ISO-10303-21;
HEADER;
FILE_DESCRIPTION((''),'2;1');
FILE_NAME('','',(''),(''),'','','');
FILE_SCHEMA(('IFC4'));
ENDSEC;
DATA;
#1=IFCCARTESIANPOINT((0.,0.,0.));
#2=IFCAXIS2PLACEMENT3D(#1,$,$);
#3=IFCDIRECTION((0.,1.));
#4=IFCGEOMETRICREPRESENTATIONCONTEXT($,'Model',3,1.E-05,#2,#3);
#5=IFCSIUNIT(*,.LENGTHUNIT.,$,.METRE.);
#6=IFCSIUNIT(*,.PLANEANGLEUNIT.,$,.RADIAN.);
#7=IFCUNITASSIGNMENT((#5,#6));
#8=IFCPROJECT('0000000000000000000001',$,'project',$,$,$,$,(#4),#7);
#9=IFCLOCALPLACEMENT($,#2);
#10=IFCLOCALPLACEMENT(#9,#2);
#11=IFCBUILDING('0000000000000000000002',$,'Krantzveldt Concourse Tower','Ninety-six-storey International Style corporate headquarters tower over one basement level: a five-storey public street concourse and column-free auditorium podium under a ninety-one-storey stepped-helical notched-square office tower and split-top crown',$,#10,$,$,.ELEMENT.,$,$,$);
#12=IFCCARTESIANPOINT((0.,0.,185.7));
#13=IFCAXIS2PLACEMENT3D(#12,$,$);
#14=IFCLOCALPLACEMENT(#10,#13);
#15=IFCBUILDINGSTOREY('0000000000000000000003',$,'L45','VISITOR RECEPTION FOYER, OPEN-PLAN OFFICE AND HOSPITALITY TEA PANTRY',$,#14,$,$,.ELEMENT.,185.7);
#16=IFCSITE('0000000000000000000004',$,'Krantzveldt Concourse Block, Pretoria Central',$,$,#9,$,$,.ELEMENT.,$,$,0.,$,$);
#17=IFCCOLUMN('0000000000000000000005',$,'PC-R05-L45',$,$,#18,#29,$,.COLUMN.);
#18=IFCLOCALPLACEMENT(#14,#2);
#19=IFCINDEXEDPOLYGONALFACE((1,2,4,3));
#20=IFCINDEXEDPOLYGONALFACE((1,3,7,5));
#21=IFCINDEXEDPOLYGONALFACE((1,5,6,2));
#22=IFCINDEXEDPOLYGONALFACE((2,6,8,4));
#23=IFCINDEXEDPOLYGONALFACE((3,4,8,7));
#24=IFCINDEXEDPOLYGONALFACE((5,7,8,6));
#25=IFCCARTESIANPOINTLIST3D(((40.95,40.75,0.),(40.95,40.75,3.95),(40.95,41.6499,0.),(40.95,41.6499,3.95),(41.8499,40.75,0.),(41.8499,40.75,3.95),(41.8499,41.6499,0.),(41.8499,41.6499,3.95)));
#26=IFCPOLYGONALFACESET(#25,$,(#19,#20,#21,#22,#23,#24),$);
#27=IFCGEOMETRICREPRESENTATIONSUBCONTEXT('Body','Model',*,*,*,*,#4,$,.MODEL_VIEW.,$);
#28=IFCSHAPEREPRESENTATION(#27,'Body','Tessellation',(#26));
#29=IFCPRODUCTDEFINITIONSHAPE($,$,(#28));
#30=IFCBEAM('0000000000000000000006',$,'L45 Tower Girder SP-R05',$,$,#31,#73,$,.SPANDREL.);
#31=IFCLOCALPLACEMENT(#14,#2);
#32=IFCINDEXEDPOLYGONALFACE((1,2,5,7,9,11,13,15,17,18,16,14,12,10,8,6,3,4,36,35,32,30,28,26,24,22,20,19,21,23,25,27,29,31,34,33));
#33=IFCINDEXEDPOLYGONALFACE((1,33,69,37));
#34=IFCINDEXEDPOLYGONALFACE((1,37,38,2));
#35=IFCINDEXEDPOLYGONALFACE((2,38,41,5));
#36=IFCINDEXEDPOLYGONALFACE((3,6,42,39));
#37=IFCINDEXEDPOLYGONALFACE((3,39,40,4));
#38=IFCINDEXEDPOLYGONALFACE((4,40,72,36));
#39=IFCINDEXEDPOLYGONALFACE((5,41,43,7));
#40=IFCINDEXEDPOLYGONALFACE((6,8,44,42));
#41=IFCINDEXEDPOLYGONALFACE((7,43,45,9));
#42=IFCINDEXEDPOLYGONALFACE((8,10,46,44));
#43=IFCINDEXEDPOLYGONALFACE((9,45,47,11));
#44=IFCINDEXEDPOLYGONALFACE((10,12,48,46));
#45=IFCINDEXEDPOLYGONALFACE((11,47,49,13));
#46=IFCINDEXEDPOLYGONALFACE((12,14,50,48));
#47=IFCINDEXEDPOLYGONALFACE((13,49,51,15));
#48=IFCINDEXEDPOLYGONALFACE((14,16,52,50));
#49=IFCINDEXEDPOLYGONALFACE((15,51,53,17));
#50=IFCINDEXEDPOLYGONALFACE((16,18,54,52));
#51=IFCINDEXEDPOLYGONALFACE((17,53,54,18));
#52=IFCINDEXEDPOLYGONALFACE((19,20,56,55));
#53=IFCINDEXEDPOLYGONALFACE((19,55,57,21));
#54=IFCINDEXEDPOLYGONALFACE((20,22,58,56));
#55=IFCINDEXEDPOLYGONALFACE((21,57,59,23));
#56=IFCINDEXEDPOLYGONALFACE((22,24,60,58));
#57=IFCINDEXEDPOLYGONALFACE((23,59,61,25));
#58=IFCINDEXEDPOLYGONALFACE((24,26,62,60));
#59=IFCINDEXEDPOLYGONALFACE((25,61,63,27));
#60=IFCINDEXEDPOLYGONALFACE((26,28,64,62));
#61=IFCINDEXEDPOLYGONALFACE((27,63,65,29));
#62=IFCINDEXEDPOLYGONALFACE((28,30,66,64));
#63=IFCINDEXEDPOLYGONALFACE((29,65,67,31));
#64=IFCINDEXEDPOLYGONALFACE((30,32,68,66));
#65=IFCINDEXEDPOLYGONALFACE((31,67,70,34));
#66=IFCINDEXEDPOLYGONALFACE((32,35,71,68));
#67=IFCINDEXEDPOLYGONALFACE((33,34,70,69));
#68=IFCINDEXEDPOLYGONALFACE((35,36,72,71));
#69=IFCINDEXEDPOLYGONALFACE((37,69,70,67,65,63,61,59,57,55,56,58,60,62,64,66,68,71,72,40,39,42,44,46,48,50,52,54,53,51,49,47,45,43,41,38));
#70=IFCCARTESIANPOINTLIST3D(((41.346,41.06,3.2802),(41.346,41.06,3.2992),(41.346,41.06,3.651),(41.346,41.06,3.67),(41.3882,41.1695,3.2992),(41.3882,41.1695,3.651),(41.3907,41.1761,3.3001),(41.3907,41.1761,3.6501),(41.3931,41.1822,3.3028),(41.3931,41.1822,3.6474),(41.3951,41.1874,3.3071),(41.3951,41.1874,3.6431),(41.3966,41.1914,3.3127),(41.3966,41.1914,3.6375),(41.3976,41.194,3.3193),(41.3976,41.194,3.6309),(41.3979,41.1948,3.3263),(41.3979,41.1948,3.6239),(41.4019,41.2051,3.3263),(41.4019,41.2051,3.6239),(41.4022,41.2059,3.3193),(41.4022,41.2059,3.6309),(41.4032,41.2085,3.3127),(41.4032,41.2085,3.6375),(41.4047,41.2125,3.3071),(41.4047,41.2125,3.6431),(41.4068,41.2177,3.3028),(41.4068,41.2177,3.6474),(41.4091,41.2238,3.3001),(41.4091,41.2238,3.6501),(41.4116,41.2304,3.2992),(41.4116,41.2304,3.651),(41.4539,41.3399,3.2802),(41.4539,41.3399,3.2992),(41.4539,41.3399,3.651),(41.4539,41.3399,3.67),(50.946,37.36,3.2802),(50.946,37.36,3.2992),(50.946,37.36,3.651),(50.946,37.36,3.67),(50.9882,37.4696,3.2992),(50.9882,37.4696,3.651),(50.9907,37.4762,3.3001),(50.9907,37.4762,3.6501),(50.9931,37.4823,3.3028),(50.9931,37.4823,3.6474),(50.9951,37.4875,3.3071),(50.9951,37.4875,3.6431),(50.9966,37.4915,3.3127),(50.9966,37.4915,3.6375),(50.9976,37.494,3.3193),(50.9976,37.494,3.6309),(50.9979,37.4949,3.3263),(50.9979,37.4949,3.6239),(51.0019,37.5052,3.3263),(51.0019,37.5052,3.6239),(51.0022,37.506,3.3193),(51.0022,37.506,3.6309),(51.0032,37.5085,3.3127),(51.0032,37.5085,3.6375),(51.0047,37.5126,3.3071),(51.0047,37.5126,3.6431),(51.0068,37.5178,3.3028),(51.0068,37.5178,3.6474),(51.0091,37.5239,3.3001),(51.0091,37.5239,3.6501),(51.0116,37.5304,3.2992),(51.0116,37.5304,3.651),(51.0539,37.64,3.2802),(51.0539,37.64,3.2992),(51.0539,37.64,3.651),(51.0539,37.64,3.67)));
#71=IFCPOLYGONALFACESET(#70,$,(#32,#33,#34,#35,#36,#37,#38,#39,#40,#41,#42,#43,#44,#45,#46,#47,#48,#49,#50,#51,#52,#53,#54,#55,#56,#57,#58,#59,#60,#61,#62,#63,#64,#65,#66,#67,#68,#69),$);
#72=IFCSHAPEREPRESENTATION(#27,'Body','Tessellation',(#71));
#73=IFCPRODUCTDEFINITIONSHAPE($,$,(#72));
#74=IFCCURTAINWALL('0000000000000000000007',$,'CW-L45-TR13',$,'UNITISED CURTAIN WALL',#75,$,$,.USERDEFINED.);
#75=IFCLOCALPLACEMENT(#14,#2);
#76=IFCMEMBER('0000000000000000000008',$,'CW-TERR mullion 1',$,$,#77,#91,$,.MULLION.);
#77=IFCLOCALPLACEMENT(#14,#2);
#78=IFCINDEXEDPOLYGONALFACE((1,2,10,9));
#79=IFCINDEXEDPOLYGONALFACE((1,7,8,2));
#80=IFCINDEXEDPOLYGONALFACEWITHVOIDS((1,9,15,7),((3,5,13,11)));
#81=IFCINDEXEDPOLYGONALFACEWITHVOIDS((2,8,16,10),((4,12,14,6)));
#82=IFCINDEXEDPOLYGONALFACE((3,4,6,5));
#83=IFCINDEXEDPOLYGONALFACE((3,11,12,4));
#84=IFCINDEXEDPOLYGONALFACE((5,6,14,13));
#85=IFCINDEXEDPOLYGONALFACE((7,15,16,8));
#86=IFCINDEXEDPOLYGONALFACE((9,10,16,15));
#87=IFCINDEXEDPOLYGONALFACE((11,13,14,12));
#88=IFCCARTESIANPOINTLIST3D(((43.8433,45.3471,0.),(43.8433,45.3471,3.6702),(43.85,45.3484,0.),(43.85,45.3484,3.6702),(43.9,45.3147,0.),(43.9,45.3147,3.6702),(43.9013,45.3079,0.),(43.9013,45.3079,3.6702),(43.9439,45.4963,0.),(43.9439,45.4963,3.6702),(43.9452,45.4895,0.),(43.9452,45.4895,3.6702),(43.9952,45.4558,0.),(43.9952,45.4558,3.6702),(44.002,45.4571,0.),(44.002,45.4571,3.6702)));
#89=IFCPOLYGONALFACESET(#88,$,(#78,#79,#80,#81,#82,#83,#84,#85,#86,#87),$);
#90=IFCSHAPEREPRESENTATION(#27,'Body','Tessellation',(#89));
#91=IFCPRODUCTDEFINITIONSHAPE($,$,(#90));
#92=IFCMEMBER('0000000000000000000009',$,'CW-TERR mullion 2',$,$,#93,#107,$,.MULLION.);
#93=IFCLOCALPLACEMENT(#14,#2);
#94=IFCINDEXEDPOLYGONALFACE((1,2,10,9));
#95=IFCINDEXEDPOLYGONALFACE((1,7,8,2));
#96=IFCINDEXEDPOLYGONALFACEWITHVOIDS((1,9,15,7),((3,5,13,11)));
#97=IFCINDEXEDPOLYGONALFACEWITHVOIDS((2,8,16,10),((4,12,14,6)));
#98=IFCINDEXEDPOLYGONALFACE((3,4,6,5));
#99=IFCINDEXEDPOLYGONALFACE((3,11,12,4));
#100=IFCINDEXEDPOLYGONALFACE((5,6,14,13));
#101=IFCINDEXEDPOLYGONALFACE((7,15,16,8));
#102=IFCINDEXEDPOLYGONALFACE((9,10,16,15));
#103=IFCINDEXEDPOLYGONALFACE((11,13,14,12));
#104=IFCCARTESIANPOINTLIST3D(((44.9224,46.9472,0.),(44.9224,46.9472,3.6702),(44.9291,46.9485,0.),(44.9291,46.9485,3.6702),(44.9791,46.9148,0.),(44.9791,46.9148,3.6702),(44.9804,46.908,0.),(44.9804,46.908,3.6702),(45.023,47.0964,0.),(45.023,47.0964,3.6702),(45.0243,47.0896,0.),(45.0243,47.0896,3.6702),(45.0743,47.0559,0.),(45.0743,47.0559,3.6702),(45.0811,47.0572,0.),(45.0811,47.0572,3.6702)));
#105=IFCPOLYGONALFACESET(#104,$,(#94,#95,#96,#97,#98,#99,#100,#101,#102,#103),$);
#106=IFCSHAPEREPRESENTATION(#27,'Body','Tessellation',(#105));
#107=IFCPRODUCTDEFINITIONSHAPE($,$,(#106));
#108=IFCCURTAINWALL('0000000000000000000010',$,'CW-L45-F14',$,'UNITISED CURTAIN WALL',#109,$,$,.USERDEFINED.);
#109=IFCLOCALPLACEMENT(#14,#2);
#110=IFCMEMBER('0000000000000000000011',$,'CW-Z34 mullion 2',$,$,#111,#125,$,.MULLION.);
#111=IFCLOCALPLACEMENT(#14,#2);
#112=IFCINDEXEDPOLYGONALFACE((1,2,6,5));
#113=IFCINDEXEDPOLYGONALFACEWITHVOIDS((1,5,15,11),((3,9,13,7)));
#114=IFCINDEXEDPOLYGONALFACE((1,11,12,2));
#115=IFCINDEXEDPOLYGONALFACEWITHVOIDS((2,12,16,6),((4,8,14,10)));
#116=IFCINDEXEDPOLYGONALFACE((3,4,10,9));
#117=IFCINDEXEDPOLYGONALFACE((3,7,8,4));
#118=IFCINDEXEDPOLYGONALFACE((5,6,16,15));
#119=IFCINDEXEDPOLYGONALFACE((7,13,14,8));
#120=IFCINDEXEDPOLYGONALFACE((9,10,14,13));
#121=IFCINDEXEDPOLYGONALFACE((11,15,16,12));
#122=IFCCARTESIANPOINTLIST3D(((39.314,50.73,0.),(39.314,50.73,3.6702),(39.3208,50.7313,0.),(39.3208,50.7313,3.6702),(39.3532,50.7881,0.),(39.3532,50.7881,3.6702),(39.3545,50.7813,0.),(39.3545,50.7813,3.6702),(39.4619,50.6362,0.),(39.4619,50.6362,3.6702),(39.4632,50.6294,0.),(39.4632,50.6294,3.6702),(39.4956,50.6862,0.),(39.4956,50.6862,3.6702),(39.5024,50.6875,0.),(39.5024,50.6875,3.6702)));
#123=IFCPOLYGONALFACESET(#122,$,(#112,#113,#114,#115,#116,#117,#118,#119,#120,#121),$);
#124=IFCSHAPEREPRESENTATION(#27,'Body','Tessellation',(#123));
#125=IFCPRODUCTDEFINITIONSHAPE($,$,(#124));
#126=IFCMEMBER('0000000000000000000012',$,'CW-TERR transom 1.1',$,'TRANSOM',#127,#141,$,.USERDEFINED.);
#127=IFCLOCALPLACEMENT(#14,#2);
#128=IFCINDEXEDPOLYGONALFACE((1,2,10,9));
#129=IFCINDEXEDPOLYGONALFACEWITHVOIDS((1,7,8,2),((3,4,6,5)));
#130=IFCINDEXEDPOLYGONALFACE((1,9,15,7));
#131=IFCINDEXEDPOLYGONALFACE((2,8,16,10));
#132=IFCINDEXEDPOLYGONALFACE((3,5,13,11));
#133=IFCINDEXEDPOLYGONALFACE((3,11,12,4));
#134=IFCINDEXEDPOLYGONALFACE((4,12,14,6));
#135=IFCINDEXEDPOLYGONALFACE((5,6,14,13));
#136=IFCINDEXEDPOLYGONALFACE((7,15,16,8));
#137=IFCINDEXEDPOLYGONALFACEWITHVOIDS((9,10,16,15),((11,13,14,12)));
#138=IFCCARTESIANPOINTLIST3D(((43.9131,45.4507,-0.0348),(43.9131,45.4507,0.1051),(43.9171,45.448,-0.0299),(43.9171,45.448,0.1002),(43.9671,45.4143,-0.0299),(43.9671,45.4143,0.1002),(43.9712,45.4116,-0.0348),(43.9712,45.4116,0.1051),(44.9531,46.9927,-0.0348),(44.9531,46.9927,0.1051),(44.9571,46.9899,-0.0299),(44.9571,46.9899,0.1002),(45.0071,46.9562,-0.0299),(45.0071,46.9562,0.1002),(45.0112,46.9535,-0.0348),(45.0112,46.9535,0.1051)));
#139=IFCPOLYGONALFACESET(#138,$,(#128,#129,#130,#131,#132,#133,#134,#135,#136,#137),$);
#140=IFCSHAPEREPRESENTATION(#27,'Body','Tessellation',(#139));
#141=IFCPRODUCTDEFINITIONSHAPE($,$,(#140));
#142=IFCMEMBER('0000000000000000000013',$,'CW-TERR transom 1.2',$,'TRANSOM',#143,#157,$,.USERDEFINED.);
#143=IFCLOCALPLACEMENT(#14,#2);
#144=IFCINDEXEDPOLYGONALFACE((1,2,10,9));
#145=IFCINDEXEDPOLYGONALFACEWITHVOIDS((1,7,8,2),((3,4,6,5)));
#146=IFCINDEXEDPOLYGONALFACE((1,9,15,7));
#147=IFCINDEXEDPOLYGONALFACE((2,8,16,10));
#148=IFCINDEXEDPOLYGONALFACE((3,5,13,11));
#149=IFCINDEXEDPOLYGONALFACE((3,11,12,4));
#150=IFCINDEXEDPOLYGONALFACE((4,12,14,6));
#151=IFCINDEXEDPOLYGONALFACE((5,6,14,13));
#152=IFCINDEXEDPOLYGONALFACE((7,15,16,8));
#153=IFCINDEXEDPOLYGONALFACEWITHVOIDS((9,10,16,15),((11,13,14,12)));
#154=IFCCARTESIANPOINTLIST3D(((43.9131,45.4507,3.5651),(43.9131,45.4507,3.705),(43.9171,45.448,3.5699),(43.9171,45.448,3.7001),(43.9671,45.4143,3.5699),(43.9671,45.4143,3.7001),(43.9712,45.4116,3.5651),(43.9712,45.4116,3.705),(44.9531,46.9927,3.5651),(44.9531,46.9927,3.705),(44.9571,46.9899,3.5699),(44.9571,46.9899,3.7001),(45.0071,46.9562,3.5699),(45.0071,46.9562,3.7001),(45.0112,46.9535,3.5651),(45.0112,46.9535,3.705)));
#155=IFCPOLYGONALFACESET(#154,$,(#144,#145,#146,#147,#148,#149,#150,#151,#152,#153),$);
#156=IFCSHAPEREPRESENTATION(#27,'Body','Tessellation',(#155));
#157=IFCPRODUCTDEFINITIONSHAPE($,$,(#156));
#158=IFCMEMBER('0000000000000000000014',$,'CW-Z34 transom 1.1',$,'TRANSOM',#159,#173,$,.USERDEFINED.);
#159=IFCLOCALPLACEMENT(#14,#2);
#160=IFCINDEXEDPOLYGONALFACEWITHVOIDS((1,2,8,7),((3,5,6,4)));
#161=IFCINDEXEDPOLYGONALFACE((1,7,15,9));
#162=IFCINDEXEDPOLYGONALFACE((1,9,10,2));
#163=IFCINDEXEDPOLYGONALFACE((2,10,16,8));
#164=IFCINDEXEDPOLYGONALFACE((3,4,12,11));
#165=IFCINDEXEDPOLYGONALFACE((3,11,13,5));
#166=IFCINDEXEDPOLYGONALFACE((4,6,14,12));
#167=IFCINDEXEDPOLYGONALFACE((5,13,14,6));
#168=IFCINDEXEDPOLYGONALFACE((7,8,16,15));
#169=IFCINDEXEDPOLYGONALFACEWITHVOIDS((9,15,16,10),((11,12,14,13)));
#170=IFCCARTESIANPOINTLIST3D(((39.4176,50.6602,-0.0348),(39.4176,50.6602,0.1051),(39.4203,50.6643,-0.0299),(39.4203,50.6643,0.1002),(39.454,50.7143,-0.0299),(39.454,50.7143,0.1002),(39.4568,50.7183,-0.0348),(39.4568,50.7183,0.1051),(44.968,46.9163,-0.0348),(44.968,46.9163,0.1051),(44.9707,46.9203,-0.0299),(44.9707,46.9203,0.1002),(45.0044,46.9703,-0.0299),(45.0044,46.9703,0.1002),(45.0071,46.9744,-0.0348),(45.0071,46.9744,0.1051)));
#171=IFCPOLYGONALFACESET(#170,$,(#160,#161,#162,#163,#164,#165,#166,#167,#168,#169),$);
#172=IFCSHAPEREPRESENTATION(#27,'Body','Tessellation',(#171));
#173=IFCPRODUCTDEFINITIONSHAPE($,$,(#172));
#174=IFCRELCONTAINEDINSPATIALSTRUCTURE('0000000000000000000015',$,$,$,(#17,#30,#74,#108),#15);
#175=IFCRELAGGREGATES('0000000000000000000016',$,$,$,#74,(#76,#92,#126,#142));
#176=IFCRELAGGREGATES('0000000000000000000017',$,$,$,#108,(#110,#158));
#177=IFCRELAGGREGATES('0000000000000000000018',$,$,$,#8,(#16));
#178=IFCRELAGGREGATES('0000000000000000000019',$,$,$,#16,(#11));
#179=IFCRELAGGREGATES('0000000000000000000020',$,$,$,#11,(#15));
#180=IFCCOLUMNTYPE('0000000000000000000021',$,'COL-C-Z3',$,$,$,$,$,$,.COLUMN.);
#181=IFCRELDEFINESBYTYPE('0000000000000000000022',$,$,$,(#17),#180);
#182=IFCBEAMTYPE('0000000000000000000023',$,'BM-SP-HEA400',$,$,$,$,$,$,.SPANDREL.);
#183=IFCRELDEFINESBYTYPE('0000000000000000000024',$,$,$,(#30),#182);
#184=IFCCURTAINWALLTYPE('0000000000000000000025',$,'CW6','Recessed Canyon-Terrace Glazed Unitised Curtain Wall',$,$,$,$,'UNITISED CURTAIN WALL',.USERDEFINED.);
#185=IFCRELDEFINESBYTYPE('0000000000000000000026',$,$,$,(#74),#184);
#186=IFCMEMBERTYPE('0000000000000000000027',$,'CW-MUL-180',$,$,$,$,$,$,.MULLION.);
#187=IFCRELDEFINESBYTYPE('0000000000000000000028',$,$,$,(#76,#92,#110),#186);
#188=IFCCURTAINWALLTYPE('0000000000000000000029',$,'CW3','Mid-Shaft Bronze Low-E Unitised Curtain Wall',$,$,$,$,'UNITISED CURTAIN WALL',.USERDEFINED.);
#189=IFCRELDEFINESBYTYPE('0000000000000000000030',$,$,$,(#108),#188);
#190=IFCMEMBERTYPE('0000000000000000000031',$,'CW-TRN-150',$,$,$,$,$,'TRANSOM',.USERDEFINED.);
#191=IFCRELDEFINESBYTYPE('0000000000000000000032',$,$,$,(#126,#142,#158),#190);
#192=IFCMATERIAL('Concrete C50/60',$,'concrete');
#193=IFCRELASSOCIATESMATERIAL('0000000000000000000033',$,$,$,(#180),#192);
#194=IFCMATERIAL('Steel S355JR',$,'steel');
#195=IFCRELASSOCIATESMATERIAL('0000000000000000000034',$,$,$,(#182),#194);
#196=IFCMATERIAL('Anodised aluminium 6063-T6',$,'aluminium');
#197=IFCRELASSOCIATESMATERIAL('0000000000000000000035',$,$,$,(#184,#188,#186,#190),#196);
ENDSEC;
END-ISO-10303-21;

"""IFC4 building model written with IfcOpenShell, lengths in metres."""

from ifc_helpers import new_model, si_unit, direction, frame, origin, origin_2d, place, context, subcontext, project, spatial, rectangle, hollow_rectangle, i_section, extrude, source, transform, mapped, material, material_profile, profile_set, type_object, type_shapes, element, aggregate, save


model = new_model("IFC4")

# Units and contexts
model_context = context("Model", 3, precision=1e-05, world=origin(), true_north=direction((0.0, 1.0)))
body_context = subcontext(model_context, "Body", "Model", "MODEL_VIEW")
ifc_project = project(units=[si_unit("LENGTHUNIT", "METRE"), si_unit("PLANEANGLEUNIT", "RADIAN")], contexts=[model_context])

# Site, building, storey
site_placement = place(None, origin())
site = spatial("IfcSite", under=ifc_project, at=site_placement, Name="Krantzveldt Concourse Block, Pretoria Central", CompositionType="ELEMENT", RefElevation=0.0)
building_placement = place(site_placement, origin())
building = spatial("IfcBuilding", under=site, at=building_placement, Name="Krantzveldt Concourse Tower", Description="Ninety-six-storey International Style corporate headquarters tower over one basement level: a five-storey public street concourse and column-free auditorium podium under a ninety-one-storey stepped-helical notched-square office tower and split-top crown", CompositionType="ELEMENT")
storey_placement = place(building_placement, frame((0.0, 0.0, 185.7)))
storey = spatial("IfcBuildingStorey", under=building, at=storey_placement, Name="L45", Description="VISITOR RECEPTION FOYER, OPEN-PLAN OFFICE AND HOSPITALITY TEA PANTRY", CompositionType="ELEMENT", Elevation=185.7)

# Column
ifc_material_1 = material(Name="Concrete C50/60", Category="concrete")
ifc_material_profile_1 = material_profile(ifc_material_1, rectangle(XDim=0.8999, YDim=0.8999, at=origin_2d()), Name="Concrete C50/60", Category="concrete")
ifc_profile_set_1 = profile_set([ifc_material_profile_1], Name="Concrete C50/60 - RC 900x900")
column_type = type_object("IfcColumnType", Name="COL-C-Z3", PredefinedType="COLUMN", material=ifc_profile_set_1)
shared_shape_1 = source(origin(), body_context, "Body", "SweptSolid", [
    extrude(rectangle(XDim=0.8999, YDim=0.8999, at=origin_2d()), origin(), (0.0, 0.0, 1.0), 3.95),
])
type_shapes(column_type, [shared_shape_1])
column_placement = place(storey_placement, frame((41.3999, 41.2, 0.0), z_axis=(0.0, 0.0, 1.0), x_axis=(1.0, 0.0, 0.0)))
element("IfcColumn", 1, at=column_placement, inside=storey, type_object=column_type, Name="PC-R05-L45", PredefinedType="COLUMN", context=body_context, shape_type="MappedRepresentation", body=[
    mapped(shared_shape_1, transform((0.0, 0.0, 0.0), x_axis=(1.0, 0.0, 0.0), y_axis=(0.0, 1.0, 0.0), z_axis=(0.0, 0.0, 1.0), scale=1.0)),
])

# Beam
ifc_material_2 = material(Name="Steel S355JR", Category="steel")
ifc_material_profile_2 = material_profile(ifc_material_2, i_section(OverallWidth=0.3, OverallDepth=0.3899, WebThickness=0.011, FlangeThickness=0.019, FilletRadius=0.0271, at=origin_2d()), Name="Steel S355JR", Category="steel")
ifc_profile_set_2 = profile_set([ifc_material_profile_2], Name="Steel S355JR - HEA 400")
beam_type = type_object("IfcBeamType", Name="BM-SP-HEA400", PredefinedType="SPANDREL", material=ifc_profile_set_2)
shared_shape_2 = source(origin(), body_context, "Body", "SweptSolid", [
    extrude(i_section(OverallWidth=0.3, OverallDepth=0.3899, WebThickness=0.011, FlangeThickness=0.019, FilletRadius=0.0271, at=origin_2d()), origin(), (0.0, 0.0, 1.0), 10.2883),
])
type_shapes(beam_type, [shared_shape_2])
beam_placement = place(storey_placement, frame((41.3999, 41.2, 3.4751), z_axis=(0.933098, -0.359623, 0.0), x_axis=(0.359623, 0.933098, 0.0)))
element("IfcBeam", 2, at=beam_placement, inside=storey, type_object=beam_type, Name="L45 Tower Girder SP-R05", PredefinedType="SPANDREL", context=body_context, shape_type="MappedRepresentation", body=[
    mapped(shared_shape_2, transform((0.0, 0.0, 0.0), x_axis=(1.0, 0.0, 0.0), y_axis=(0.0, 1.0, 0.0), z_axis=(0.0, 0.0, 1.0), scale=1.0)),
])

# Curtain wall, members
ifc_material_3 = material(Name="Anodised aluminium 6063-T6", Category="aluminium")
curtain_wall_type_1 = type_object("IfcCurtainWallType", Name="CW6", Description="Recessed Canyon-Terrace Glazed Unitised Curtain Wall", ElementType="UNITISED CURTAIN WALL", PredefinedType="USERDEFINED", material=ifc_material_3)
curtain_wall_1_placement = place(storey_placement, origin())
curtain_wall_1 = element("IfcCurtainWall", 3, at=curtain_wall_1_placement, inside=storey, type_object=curtain_wall_type_1, Name="CW-L45-TR13", ObjectType="UNITISED CURTAIN WALL", PredefinedType="USERDEFINED")
ifc_material_profile_3 = material_profile(ifc_material_3, hollow_rectangle(XDim=0.0701, YDim=0.1799, WallThickness=0.0049, at=origin_2d()), Name="Anodised aluminium 6063-T6", Category="aluminium")
ifc_profile_set_3 = profile_set([ifc_material_profile_3], Name="Anodised aluminium 6063-T6 - ALU-MULL 180x70x5")
member_type_1 = type_object("IfcMemberType", Name="CW-MUL-180", PredefinedType="MULLION", material=ifc_profile_set_3)
shared_shape_3 = source(origin(), body_context, "Body", "SweptSolid", [
    extrude(hollow_rectangle(XDim=0.0701, YDim=0.1799, WallThickness=0.0049, at=origin_2d()), origin(), (0.0, 0.0, 1.0), 3.6702),
])
type_shapes(member_type_1, [shared_shape_3])
member_1_placement = place(storey_placement, frame((43.9226, 45.4021, 0.0), z_axis=(0.0, 0.0, 1.0), x_axis=(-0.82904, 0.55919, 0.0)))
member_1 = element("IfcMember", 4, at=member_1_placement, type_object=member_type_1, Name="CW-TERR mullion 1", PredefinedType="MULLION", context=body_context, shape_type="MappedRepresentation", body=[
    mapped(shared_shape_3, transform((0.0, 0.0, 0.0), x_axis=(1.0, 0.0, 0.0), y_axis=(0.0, 1.0, 0.0), z_axis=(0.0, 0.0, 1.0), scale=1.0)),
])
member_2_placement = place(storey_placement, frame((45.0017, 47.0022, 0.0), z_axis=(0.0, 0.0, 1.0), x_axis=(-0.82904, 0.55919, 0.0)))
member_2 = element("IfcMember", 5, at=member_2_placement, type_object=member_type_1, Name="CW-TERR mullion 2", PredefinedType="MULLION", context=body_context, shape_type="MappedRepresentation", body=[
    mapped(shared_shape_3, transform((0.0, 0.0, 0.0), x_axis=(1.0, 0.0, 0.0), y_axis=(0.0, 1.0, 0.0), z_axis=(0.0, 0.0, 1.0), scale=1.0)),
])

# Curtain wall, member
curtain_wall_type_2 = type_object("IfcCurtainWallType", Name="CW3", Description="Mid-Shaft Bronze Low-E Unitised Curtain Wall", ElementType="UNITISED CURTAIN WALL", PredefinedType="USERDEFINED", material=ifc_material_3)
curtain_wall_2_placement = place(storey_placement, origin())
curtain_wall_2 = element("IfcCurtainWall", 6, at=curtain_wall_2_placement, inside=storey, type_object=curtain_wall_type_2, Name="CW-L45-F14", ObjectType="UNITISED CURTAIN WALL", PredefinedType="USERDEFINED")
member_3_placement = place(storey_placement, frame((39.4082, 50.7087, 0.0), z_axis=(0.0, 0.0, 1.0), x_axis=(-0.559193, -0.829038, 0.0)))
member_3 = element("IfcMember", 7, at=member_3_placement, type_object=member_type_1, Name="CW-Z34 mullion 2", PredefinedType="MULLION", context=body_context, shape_type="MappedRepresentation", body=[
    mapped(shared_shape_3, transform((0.0, 0.0, 0.0), x_axis=(1.0, 0.0, 0.0), y_axis=(0.0, 1.0, 0.0), z_axis=(0.0, 0.0, 1.0), scale=1.0)),
])

# Members
ifc_material_profile_4 = material_profile(ifc_material_3, hollow_rectangle(XDim=0.0701, YDim=0.1399, WallThickness=0.0049, at=origin_2d()), Name="Anodised aluminium 6063-T6", Category="aluminium")
ifc_profile_set_4 = profile_set([ifc_material_profile_4], Name="Anodised aluminium 6063-T6 - ALU-TRAN 140x70x5")
member_type_2 = type_object("IfcMemberType", Name="CW-TRN-150", ElementType="TRANSOM", PredefinedType="USERDEFINED", material=ifc_profile_set_4)
shared_shape_4 = source(origin(), body_context, "Body", "SweptSolid", [
    extrude(hollow_rectangle(XDim=0.0701, YDim=0.1399, WallThickness=0.0049, at=origin_2d()), origin(), (0.0, 0.0, 1.0), 1.8599),
])
member_4_placement = place(storey_placement, frame((43.9421, 45.4312, 0.0352), z_axis=(0.559175, 0.829049, 0.0), x_axis=(-0.829049, 0.559175, 0.0)))
member_4 = element("IfcMember", 8, at=member_4_placement, type_object=member_type_2, Name="CW-TERR transom 1.1", ObjectType="TRANSOM", PredefinedType="USERDEFINED", context=body_context, shape_type="MappedRepresentation", body=[
    mapped(shared_shape_4, transform((0.0, 0.0, 0.0), x_axis=(1.0, 0.0, 0.0), y_axis=(0.0, 1.0, 0.0), z_axis=(0.0, 0.0, 1.0), scale=1.0)),
])
member_5_placement = place(storey_placement, frame((43.9421, 45.4312, 3.635), z_axis=(0.559175, 0.829049, 0.0), x_axis=(-0.829049, 0.559175, 0.0)))
member_5 = element("IfcMember", 9, at=member_5_placement, type_object=member_type_2, Name="CW-TERR transom 1.2", ObjectType="TRANSOM", PredefinedType="USERDEFINED", context=body_context, shape_type="MappedRepresentation", body=[
    mapped(shared_shape_4, transform((0.0, 0.0, 0.0), x_axis=(1.0, 0.0, 0.0), y_axis=(0.0, 1.0, 0.0), z_axis=(0.0, 0.0, 1.0), scale=1.0)),
])
shared_shape_5 = source(origin(), body_context, "Body", "SweptSolid", [
    extrude(hollow_rectangle(XDim=0.0701, YDim=0.1399, WallThickness=0.0049, at=origin_2d()), origin(), (0.0, 0.0, 1.0), 6.6951),
])
type_shapes(member_type_2, [shared_shape_4, shared_shape_5])
member_6_placement = place(storey_placement, frame((44.9875, 46.9453, 0.0352), z_axis=(-0.829025, 0.559211, 0.0), x_axis=(-0.559211, -0.829025, 0.0)))
member_6 = element("IfcMember", 10, at=member_6_placement, type_object=member_type_2, Name="CW-Z34 transom 1.1", ObjectType="TRANSOM", PredefinedType="USERDEFINED", context=body_context, shape_type="MappedRepresentation", body=[
    mapped(shared_shape_5, transform((0.0, 0.0, 0.0), x_axis=(1.0, 0.0, 0.0), y_axis=(0.0, 1.0, 0.0), z_axis=(0.0, 0.0, 1.0), scale=1.0)),
])

aggregate(curtain_wall_1, [member_1, member_2, member_4, member_5])
aggregate(curtain_wall_2, [member_3, member_6])

save(model, "model.ifc")
